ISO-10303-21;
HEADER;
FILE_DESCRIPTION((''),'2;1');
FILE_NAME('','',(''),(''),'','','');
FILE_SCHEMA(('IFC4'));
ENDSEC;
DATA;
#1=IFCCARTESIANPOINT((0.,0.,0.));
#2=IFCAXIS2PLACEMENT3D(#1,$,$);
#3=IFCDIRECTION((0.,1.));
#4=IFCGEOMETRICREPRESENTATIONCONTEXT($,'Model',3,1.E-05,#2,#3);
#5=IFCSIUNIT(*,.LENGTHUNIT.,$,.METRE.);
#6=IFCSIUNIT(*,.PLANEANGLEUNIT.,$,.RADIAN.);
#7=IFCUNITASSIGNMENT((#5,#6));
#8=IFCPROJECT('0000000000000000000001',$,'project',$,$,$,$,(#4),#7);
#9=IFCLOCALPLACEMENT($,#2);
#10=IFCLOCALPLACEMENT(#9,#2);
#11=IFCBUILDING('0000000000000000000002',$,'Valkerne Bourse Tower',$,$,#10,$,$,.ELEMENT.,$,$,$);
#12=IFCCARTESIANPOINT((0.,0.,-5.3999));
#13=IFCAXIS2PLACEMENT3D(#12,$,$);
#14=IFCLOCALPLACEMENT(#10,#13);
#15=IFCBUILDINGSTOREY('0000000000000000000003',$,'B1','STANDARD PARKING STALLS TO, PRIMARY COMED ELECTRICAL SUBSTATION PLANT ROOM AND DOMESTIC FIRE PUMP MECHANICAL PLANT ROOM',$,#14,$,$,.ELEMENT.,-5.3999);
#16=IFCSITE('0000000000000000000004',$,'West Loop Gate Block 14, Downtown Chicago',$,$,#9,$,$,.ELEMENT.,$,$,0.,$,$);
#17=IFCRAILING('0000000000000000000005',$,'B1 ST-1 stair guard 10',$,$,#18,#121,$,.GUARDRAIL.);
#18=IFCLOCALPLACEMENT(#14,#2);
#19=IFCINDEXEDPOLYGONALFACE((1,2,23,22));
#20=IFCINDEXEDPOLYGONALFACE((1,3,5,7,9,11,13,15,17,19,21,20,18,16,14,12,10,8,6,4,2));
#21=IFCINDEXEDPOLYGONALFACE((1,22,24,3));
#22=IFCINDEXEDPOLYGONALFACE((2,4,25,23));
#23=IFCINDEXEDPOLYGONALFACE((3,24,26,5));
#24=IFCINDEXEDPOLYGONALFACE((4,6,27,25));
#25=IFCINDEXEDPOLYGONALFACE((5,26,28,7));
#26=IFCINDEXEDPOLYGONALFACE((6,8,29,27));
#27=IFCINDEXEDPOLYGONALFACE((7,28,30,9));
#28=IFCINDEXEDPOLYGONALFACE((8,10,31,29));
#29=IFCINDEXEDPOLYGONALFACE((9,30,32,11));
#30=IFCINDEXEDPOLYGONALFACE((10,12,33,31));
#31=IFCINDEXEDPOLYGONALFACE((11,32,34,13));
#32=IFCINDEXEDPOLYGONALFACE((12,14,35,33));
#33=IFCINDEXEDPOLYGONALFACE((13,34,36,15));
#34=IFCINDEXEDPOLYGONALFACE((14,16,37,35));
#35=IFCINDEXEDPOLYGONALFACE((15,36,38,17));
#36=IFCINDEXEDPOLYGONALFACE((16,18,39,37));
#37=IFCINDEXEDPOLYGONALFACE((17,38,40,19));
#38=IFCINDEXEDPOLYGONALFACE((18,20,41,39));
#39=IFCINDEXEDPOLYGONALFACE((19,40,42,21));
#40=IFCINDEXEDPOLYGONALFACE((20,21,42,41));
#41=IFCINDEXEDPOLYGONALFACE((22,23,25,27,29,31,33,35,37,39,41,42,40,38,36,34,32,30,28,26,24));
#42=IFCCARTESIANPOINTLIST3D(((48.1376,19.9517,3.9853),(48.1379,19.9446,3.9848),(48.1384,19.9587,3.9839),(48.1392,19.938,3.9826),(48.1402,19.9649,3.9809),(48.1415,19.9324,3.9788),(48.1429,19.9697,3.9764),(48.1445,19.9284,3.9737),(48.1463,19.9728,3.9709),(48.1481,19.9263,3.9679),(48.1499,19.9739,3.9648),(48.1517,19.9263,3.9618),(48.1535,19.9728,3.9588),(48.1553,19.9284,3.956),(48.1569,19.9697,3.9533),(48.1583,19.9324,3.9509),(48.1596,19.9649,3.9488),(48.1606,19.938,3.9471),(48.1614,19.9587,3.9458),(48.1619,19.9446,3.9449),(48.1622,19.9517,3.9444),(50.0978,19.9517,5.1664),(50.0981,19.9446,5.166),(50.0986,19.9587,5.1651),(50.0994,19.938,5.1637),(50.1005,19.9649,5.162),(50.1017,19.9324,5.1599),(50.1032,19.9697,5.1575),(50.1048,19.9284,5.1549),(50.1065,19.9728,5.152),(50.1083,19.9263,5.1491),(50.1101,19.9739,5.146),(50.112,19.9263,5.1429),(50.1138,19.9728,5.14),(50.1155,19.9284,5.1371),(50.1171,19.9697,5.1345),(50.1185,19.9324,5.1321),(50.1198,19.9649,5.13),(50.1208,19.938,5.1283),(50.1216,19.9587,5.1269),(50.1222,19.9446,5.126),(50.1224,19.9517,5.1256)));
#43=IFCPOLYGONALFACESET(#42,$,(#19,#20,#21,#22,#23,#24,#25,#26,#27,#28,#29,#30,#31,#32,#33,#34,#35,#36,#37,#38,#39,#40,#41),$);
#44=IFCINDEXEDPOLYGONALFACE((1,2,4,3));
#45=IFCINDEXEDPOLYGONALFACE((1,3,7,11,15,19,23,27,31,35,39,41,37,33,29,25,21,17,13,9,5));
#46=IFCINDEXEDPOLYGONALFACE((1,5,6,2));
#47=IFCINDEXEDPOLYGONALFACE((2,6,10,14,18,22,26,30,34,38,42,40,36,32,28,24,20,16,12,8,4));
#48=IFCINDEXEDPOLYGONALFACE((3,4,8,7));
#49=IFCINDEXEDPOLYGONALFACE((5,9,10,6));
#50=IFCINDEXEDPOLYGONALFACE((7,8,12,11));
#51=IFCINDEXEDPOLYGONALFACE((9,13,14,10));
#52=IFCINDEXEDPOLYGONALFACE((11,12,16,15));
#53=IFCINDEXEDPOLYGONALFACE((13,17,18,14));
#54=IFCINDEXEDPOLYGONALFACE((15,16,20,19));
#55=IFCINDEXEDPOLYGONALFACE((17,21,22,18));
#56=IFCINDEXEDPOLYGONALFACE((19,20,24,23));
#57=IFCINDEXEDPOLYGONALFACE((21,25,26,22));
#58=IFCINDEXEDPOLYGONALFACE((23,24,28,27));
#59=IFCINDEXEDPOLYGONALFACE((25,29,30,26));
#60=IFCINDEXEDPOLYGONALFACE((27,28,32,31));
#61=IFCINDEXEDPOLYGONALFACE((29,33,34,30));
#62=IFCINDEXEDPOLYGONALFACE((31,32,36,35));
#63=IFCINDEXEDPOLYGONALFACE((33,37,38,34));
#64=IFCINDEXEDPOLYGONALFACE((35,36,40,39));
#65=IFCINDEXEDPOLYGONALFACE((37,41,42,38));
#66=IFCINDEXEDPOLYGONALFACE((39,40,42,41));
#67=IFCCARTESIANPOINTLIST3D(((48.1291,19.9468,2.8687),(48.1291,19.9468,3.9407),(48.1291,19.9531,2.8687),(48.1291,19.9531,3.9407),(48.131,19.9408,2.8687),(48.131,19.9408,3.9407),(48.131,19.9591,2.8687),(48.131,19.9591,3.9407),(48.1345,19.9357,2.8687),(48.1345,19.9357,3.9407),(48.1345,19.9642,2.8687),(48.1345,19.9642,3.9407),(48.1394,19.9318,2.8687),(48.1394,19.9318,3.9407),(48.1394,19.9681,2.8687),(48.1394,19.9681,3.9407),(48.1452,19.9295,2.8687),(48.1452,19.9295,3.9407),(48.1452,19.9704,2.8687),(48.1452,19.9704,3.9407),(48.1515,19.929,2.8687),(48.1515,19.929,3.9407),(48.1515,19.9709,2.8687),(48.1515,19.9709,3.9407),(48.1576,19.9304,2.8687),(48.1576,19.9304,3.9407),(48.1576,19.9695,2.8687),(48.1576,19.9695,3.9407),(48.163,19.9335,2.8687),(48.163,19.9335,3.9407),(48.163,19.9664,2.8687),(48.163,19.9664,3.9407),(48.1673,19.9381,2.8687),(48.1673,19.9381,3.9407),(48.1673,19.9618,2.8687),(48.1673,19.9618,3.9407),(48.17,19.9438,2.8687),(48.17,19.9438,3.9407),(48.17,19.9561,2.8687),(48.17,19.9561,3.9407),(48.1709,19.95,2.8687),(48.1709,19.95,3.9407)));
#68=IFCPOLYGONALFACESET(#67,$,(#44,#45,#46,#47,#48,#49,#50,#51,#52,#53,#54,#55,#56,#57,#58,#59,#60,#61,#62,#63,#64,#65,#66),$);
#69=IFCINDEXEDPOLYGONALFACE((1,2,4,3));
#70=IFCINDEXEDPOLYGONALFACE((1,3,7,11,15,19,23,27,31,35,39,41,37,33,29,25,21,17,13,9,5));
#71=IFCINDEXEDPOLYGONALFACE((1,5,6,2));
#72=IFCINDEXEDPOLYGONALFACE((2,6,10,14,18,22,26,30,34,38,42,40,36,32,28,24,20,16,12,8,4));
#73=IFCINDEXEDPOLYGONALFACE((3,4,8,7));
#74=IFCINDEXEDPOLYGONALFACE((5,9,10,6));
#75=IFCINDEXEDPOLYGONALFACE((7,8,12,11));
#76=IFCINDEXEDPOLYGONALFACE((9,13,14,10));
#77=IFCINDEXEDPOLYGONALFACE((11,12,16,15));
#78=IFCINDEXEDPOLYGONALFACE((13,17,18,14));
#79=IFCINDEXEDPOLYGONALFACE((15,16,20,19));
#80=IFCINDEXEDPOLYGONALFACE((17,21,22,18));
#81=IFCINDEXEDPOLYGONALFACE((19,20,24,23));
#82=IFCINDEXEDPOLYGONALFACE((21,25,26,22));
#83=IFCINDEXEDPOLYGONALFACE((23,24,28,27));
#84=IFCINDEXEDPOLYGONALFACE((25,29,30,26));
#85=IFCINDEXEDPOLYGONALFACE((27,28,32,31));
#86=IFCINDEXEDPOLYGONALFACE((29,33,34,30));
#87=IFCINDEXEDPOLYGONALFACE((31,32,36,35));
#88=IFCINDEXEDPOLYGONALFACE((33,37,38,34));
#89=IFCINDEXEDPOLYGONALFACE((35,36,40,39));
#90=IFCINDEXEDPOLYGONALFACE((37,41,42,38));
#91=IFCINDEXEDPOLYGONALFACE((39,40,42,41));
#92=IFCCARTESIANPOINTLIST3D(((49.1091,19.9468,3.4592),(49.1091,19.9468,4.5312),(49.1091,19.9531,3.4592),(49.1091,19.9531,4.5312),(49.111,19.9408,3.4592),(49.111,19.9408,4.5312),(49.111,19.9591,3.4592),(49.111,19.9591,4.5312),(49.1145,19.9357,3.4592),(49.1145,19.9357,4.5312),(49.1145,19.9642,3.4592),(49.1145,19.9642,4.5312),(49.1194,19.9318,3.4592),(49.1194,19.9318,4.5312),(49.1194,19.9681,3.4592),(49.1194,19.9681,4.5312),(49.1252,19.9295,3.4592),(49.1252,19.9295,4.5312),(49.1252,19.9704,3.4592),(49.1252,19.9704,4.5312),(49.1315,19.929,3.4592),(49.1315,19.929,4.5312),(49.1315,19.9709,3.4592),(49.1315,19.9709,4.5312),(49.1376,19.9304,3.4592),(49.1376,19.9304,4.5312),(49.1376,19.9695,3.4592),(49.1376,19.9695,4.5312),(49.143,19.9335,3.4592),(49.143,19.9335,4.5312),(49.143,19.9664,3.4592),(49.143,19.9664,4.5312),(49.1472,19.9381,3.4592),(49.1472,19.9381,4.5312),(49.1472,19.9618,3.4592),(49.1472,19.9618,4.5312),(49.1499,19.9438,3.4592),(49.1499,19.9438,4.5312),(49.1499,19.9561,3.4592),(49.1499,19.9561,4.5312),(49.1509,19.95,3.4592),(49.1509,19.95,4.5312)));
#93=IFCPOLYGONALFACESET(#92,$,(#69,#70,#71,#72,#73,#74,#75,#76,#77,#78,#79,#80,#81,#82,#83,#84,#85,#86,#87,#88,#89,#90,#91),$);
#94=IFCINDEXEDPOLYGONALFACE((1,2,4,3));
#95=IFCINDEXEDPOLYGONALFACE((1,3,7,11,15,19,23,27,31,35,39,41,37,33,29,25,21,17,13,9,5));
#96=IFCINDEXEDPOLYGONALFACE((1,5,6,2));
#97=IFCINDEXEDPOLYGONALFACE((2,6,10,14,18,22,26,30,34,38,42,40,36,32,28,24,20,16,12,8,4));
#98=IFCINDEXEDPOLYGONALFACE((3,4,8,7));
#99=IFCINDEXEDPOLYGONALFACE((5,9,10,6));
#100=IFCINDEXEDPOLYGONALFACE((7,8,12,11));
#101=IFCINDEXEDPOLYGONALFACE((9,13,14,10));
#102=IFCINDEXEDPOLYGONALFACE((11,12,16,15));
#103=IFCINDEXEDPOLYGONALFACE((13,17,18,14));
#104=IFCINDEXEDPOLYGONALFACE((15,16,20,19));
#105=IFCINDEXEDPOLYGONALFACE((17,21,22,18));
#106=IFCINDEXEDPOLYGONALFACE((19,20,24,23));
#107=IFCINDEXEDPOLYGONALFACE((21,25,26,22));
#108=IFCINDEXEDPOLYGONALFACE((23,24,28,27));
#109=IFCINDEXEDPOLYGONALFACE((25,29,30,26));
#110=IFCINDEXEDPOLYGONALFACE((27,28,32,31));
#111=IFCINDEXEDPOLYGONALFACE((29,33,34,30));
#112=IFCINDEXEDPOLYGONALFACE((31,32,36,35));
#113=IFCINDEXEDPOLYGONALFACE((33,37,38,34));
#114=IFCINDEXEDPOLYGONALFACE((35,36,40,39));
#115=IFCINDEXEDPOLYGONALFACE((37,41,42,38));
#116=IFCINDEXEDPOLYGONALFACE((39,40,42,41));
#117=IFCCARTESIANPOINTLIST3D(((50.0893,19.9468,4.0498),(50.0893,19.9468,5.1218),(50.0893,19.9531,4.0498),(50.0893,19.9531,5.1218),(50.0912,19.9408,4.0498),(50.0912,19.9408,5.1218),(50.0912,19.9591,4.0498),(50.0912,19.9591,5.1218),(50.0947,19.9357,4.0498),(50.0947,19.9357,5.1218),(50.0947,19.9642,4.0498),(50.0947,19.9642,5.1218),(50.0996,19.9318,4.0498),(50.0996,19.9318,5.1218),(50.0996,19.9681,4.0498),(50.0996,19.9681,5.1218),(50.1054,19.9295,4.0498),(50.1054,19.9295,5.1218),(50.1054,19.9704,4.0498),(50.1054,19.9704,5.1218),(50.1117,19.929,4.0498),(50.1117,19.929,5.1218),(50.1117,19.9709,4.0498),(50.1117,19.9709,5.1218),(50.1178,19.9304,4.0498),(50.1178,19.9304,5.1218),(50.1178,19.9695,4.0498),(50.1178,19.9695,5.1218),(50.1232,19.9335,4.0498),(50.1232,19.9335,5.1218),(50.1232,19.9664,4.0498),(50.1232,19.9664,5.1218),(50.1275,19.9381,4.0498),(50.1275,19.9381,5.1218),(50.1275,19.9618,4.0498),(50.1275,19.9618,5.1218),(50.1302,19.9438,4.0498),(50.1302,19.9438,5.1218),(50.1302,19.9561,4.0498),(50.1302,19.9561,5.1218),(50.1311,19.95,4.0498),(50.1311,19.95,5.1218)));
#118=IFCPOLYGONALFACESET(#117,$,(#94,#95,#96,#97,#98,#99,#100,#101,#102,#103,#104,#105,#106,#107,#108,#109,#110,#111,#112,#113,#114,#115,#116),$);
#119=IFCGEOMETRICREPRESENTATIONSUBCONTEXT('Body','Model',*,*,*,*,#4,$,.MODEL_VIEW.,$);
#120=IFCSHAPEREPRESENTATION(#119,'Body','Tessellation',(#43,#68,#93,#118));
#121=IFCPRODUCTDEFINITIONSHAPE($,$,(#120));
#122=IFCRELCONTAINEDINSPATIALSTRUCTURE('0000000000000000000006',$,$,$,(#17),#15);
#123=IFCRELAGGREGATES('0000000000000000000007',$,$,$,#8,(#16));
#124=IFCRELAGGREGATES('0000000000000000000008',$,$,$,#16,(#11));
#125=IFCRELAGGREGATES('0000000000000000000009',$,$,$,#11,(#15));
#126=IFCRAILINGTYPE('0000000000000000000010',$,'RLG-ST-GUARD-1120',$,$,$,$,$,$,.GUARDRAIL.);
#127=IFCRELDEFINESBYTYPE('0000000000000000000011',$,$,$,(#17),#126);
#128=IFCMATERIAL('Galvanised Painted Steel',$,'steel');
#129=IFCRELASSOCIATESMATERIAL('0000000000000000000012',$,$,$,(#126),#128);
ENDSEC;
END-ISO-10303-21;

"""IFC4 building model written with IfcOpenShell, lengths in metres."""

from ifc_helpers import new_model, si_unit, direction, frame, origin, origin_2d, place, context, subcontext, project, spatial, circle, extrude, material, type_object, element, save


model = new_model("IFC4")

# Units and contexts
model_context = context("Model", 3, precision=1e-05, world=origin(), true_north=direction((0.0, 1.0)))
body_context = subcontext(model_context, "Body", "Model", "MODEL_VIEW")
ifc_project = project(units=[si_unit("LENGTHUNIT", "METRE"), si_unit("PLANEANGLEUNIT", "RADIAN")], contexts=[model_context])

# Site, building, storey
site_placement = place(None, origin())
site = spatial("IfcSite", under=ifc_project, at=site_placement, Name="West Loop Gate Block 14, Downtown Chicago", CompositionType="ELEMENT", RefElevation=0.0)
building_placement = place(site_placement, origin())
building = spatial("IfcBuilding", under=site, at=building_placement, Name="Valkerne Bourse Tower", CompositionType="ELEMENT")
storey_placement = place(building_placement, frame((0.0, 0.0, -5.3999)))
storey = spatial("IfcBuildingStorey", under=building, at=storey_placement, Name="B1", Description="STANDARD PARKING STALLS TO, PRIMARY COMED ELECTRICAL SUBSTATION PLANT ROOM AND DOMESTIC FIRE PUMP MECHANICAL PLANT ROOM", CompositionType="ELEMENT", Elevation=-5.3999)

# Shared definitions
ifc_material_1 = material(Name="Galvanised Painted Steel", Category="steel")

# Railing
railing_type_1 = type_object("IfcRailingType", Name="RLG-ST-GUARD-1120", PredefinedType="GUARDRAIL", material=ifc_material_1)
railing_1_placement = place(storey_placement, frame((48.1499, 19.95, 2.8687)))
element("IfcRailing", 1, at=railing_1_placement, inside=storey, type_object=railing_type_1, Name="B1 ST-1 stair guard 10", PredefinedType="GUARDRAIL", context=body_context, shape_type="SweptSolid", body=[
    extrude(circle(Radius=0.0239, at=origin_2d()), frame((0.0, 0.0, 1.0962), z_axis=(0.856522, 0.0, 0.516111), x_axis=(0.0, 1.0, 0.0)), (0.0, 0.0, 1.0), 2.2886),
    extrude(circle(Radius=0.021, at=origin_2d()), origin(), (0.0, 0.0, 1.0), 1.072),
    extrude(circle(Radius=0.021, at=origin_2d()), frame((0.98, 0.0, 0.5906)), (0.0, 0.0, 1.0), 1.072),
    extrude(circle(Radius=0.021, at=origin_2d()), frame((1.9602, 0.0, 1.1812)), (0.0, 0.0, 1.0), 1.072),
])

save(model, "model.ifc")
